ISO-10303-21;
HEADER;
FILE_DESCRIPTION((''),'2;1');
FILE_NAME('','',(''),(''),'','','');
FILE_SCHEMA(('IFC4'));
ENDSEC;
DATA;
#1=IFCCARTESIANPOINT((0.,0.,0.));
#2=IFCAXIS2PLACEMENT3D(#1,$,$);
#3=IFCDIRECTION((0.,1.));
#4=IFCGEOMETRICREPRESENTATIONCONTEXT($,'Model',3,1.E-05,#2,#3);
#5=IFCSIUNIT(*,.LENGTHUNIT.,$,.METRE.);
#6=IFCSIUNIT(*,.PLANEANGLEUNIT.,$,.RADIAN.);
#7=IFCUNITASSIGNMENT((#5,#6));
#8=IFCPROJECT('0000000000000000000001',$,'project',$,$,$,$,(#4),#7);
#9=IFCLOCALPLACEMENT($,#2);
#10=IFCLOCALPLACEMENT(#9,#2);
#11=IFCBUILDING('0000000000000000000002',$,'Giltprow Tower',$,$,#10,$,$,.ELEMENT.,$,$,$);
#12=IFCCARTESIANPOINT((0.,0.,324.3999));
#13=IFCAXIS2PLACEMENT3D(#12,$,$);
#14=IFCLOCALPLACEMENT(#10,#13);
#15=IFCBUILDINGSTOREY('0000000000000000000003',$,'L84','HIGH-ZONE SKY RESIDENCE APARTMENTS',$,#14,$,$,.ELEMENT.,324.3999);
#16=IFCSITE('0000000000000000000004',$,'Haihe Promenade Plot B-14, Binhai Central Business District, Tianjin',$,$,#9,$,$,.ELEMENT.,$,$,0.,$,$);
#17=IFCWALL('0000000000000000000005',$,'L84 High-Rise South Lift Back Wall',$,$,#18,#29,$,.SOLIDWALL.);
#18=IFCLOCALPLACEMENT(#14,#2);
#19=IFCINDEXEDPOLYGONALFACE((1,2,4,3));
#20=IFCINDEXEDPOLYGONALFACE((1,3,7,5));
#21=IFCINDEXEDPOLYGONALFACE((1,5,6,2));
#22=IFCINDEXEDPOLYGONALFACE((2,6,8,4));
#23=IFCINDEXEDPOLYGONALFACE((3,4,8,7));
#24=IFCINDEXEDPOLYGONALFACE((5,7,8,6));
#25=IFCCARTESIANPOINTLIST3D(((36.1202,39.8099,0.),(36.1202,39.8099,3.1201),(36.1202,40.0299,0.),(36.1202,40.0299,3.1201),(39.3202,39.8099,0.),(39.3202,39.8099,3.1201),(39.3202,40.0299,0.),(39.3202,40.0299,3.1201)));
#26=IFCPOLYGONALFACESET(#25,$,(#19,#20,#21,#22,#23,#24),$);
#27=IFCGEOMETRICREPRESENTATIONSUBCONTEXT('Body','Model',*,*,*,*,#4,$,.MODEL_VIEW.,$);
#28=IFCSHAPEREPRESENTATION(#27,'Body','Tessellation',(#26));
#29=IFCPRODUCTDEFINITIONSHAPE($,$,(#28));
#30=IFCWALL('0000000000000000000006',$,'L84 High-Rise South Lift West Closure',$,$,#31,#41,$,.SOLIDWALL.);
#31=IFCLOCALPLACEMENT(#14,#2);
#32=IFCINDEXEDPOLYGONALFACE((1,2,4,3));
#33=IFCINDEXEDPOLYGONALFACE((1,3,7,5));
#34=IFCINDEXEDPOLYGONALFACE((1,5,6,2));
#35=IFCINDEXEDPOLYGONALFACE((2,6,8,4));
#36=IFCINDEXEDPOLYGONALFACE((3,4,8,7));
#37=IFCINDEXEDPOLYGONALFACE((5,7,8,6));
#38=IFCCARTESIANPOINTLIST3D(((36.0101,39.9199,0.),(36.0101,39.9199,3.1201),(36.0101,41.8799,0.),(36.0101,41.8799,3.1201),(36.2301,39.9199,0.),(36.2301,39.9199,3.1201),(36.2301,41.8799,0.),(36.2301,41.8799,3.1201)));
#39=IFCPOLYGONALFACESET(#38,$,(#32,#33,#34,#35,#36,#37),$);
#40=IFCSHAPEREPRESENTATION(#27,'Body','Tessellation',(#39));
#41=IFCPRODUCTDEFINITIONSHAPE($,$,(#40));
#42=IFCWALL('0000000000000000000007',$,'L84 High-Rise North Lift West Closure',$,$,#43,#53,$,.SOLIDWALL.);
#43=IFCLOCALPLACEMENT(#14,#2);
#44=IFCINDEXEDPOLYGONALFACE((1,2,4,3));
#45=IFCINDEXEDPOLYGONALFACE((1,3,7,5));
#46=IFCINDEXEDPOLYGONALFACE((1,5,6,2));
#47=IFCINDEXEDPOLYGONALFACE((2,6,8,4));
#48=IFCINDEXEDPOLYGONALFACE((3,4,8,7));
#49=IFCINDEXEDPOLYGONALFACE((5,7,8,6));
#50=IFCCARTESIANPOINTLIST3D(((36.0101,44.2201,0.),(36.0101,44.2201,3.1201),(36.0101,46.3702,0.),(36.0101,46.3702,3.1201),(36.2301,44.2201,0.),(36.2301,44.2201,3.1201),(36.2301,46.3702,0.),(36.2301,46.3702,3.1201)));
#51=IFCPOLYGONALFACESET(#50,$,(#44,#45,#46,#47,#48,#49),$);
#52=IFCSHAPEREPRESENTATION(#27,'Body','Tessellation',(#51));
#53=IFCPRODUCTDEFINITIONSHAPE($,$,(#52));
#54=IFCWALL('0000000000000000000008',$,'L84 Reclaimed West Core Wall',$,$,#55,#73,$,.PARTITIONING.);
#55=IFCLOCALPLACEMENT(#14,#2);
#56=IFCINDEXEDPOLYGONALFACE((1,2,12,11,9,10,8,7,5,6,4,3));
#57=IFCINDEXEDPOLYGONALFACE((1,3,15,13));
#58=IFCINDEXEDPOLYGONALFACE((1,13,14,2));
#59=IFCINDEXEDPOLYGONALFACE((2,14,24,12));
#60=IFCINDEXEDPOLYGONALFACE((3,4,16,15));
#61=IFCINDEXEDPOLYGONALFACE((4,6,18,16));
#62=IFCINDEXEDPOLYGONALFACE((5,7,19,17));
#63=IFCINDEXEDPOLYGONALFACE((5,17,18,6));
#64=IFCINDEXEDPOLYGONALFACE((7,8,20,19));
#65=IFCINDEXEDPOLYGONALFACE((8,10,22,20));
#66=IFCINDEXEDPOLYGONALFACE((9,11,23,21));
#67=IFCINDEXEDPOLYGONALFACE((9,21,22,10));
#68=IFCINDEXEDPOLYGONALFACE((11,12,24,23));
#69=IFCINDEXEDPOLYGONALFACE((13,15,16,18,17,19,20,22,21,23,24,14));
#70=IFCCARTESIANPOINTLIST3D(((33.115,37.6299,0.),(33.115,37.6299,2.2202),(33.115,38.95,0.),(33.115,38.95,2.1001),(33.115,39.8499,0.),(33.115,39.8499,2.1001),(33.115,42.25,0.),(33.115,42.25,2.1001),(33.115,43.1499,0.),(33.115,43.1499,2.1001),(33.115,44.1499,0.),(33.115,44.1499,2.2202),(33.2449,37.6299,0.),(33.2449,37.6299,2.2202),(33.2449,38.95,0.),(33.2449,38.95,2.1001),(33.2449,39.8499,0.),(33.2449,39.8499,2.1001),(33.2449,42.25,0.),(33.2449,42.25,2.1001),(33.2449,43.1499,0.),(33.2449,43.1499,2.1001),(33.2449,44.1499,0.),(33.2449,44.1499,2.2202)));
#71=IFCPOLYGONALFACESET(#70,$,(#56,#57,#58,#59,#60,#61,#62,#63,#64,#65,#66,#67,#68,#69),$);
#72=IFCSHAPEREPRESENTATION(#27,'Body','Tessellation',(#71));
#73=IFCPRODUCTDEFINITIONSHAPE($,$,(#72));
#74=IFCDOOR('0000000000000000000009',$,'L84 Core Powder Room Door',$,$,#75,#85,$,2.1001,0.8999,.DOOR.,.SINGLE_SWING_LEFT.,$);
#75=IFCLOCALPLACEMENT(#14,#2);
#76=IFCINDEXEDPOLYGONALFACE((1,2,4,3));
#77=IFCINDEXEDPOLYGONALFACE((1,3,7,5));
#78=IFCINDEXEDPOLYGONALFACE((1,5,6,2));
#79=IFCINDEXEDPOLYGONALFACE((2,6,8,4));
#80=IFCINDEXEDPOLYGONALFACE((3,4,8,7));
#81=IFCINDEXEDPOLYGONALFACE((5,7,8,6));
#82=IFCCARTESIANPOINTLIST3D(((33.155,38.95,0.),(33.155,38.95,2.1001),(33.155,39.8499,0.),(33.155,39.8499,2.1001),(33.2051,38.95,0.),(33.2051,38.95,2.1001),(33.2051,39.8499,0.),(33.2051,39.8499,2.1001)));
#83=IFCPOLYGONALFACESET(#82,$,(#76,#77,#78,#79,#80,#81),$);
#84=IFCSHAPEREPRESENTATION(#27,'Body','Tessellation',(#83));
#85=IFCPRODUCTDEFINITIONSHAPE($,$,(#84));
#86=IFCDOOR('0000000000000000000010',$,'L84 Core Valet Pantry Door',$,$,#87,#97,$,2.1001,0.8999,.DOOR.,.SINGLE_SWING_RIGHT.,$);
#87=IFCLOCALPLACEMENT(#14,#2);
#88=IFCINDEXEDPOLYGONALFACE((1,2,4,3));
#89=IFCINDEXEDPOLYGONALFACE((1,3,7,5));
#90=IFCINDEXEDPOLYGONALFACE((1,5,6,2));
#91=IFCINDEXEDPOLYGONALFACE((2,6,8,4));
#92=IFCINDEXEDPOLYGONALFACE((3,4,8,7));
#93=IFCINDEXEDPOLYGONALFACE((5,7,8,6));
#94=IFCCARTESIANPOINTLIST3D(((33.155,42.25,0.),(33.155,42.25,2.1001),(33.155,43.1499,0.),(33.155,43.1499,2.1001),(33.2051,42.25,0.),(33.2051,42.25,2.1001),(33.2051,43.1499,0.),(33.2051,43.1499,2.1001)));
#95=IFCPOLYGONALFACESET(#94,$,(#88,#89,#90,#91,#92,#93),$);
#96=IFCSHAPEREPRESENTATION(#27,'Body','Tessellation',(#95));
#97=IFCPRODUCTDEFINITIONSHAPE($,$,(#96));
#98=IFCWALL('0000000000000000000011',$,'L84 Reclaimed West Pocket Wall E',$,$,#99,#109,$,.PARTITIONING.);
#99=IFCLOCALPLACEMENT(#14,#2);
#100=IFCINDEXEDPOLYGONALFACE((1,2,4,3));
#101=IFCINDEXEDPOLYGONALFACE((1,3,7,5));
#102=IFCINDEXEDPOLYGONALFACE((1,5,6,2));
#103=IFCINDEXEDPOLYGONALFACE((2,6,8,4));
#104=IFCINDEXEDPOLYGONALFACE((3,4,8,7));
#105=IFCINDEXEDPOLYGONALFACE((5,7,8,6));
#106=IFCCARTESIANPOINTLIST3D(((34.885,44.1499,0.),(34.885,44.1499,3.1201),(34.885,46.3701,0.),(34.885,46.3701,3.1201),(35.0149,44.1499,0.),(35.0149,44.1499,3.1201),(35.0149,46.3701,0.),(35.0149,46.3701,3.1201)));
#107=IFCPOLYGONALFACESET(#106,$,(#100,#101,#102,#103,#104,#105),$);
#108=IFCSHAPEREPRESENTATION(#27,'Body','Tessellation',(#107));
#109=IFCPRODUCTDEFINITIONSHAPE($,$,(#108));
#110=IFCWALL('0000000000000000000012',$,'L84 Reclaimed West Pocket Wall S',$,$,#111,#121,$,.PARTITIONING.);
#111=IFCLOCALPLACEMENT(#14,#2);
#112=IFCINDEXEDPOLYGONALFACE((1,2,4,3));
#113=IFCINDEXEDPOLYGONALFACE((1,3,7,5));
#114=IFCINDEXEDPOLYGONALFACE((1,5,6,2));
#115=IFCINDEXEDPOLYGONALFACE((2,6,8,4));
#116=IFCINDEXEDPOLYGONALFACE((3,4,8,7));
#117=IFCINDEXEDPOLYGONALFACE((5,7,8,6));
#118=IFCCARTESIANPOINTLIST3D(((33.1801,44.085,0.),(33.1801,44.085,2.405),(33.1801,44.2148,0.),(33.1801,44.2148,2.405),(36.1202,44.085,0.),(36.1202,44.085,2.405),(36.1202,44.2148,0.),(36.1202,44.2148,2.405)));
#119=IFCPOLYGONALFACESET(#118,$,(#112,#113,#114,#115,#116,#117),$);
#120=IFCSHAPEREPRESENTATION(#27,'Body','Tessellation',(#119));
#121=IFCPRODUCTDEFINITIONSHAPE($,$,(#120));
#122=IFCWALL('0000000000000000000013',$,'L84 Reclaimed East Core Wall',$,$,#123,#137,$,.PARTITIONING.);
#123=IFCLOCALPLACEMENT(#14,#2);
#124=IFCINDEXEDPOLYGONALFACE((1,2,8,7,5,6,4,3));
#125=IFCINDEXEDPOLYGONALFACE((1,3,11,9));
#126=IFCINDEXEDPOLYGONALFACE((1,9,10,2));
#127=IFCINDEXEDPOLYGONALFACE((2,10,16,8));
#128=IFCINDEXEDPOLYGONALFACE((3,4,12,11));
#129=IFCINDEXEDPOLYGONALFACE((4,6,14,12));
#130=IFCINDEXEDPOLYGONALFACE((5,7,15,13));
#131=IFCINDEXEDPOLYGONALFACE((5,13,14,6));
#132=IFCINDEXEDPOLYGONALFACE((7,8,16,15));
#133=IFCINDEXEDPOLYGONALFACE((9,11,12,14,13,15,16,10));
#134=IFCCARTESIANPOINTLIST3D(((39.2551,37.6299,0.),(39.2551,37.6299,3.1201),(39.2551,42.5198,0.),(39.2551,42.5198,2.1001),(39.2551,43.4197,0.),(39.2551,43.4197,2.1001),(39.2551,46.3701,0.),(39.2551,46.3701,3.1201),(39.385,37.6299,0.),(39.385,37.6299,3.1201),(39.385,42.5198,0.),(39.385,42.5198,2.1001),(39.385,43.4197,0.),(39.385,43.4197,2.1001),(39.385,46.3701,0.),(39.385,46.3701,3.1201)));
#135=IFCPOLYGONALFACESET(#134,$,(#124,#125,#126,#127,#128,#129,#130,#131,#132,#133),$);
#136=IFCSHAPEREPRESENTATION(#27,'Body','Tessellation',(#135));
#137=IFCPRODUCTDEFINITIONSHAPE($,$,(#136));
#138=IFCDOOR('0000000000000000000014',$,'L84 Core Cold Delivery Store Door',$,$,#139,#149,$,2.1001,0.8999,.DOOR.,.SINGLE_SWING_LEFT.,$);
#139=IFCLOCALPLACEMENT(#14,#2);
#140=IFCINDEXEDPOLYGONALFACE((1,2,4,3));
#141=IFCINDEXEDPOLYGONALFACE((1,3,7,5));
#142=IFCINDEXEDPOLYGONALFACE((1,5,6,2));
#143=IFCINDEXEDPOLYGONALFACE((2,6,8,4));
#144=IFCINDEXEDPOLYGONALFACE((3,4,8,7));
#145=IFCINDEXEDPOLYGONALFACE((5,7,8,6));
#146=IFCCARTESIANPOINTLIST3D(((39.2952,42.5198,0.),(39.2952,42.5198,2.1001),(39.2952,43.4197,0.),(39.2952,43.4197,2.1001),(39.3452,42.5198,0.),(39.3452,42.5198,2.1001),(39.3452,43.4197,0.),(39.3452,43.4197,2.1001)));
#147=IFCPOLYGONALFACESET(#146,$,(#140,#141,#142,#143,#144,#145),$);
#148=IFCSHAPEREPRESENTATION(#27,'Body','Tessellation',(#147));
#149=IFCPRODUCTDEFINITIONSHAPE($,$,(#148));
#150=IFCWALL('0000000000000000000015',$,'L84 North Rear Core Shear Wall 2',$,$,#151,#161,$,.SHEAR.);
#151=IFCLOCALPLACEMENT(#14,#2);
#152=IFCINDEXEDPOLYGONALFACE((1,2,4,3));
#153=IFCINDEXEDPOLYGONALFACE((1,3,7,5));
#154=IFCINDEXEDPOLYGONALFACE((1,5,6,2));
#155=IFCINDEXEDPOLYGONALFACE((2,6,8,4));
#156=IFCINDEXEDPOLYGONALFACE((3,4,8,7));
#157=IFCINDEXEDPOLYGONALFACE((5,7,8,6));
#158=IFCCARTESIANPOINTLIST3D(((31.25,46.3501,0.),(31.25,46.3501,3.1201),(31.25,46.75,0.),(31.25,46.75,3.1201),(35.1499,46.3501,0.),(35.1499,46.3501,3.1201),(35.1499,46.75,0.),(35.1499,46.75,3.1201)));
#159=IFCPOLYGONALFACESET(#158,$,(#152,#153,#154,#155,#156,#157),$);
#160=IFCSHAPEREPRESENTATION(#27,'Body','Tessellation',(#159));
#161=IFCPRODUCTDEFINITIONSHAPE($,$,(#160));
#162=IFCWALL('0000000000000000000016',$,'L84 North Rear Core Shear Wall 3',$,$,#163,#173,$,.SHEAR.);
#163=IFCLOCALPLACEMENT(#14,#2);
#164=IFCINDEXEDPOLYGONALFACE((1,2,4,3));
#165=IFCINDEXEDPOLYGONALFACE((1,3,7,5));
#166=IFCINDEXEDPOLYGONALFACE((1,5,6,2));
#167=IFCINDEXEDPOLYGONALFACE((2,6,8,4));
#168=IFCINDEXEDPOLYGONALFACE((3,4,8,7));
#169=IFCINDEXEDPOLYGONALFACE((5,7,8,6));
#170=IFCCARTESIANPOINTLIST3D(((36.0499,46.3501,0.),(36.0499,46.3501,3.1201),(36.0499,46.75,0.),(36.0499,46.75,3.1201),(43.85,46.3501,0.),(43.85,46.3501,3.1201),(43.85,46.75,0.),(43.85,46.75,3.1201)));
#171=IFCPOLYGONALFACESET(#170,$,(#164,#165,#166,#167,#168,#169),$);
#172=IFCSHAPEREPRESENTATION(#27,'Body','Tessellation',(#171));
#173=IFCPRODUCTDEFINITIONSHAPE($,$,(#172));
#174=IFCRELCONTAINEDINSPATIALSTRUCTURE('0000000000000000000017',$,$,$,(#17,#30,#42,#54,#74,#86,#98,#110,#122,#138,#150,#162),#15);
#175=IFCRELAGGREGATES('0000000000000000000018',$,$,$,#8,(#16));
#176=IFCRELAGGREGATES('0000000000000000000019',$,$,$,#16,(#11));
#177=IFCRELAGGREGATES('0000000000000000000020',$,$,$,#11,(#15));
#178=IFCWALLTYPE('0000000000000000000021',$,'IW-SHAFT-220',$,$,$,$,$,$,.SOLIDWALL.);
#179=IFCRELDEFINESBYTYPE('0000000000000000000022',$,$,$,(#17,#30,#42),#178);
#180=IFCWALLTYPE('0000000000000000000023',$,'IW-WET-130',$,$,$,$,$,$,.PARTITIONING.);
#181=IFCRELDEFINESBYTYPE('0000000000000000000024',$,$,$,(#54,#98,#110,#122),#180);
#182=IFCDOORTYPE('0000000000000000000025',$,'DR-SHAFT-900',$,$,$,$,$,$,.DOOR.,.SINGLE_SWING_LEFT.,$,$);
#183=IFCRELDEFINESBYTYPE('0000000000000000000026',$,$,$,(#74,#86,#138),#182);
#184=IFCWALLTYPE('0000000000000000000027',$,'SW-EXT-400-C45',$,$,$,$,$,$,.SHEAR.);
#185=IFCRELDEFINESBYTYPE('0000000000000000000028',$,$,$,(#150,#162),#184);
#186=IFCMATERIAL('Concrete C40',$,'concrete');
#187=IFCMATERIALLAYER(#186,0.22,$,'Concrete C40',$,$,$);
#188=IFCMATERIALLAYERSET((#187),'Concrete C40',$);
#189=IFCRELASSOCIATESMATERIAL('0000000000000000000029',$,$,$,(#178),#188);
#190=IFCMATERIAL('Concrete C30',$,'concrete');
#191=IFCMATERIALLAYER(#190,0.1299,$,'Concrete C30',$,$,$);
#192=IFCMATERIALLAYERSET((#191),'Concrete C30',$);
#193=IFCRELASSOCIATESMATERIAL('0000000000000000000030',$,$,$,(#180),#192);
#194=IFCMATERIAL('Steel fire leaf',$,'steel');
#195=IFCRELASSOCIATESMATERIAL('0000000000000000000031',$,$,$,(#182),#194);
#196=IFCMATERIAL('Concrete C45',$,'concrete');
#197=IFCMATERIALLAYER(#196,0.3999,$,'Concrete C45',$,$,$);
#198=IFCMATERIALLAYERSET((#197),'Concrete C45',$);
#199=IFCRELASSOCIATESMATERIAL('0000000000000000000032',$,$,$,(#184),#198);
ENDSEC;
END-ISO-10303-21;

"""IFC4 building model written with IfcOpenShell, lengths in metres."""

from ifc_helpers import new_model, si_unit, direction, frame, frame_2d, origin, place, context, subcontext, project, spatial, rectangle, extrude, source, transform, mapped, material, layer, layer_set, type_object, element, fill, save


model = new_model("IFC4")

# Units and contexts
model_context = context("Model", 3, precision=1e-05, world=origin(), true_north=direction((0.0, 1.0)))
body_context = subcontext(model_context, "Body", "Model", "MODEL_VIEW")
ifc_project = project(units=[si_unit("LENGTHUNIT", "METRE"), si_unit("PLANEANGLEUNIT", "RADIAN")], contexts=[model_context])

# Site, building, storey
site_placement = place(None, origin())
site = spatial("IfcSite", under=ifc_project, at=site_placement, Name="Haihe Promenade Plot B-14, Binhai Central Business District, Tianjin", CompositionType="ELEMENT", RefElevation=0.0)
building_placement = place(site_placement, origin())
building = spatial("IfcBuilding", under=site, at=building_placement, Name="Giltprow Tower", CompositionType="ELEMENT")
storey_placement = place(building_placement, frame((0.0, 0.0, 324.3999)))
storey = spatial("IfcBuildingStorey", under=building, at=storey_placement, Name="L84", Description="HIGH-ZONE SKY RESIDENCE APARTMENTS", CompositionType="ELEMENT", Elevation=324.3999)

# Shared definitions
ifc_material_1 = material(Name="Concrete C45", Category="concrete")

# Shared definitions
ifc_material_2 = material(Name="Concrete C40", Category="concrete")
ifc_layer_1 = layer(ifc_material_2, 0.22, Name="Concrete C40")
ifc_layer_set_1 = layer_set([ifc_layer_1], Name="Concrete C40")
wall_type_1 = type_object("IfcWallType", Name="IW-SHAFT-220", PredefinedType="SOLIDWALL", material=ifc_layer_set_1)

# Walls
wall_1_placement = place(storey_placement, frame((36.1201, 39.9199, 0.0), z_axis=(0.0, 0.0, 1.0), x_axis=(1.0, 0.0, 0.0)))
element("IfcWall", 1, at=wall_1_placement, inside=storey, type_object=wall_type_1, Name="L84 High-Rise South Lift Back Wall", PredefinedType="SOLIDWALL", context=body_context, shape_type="SweptSolid", body=[
    extrude(rectangle(XDim=3.2, YDim=0.22, at=frame_2d((1.6001, 0.0))), origin(), (0.0, 0.0, 1.0), 3.1201),
])
wall_2_placement = place(storey_placement, frame((36.1201, 39.9199, 0.0), z_axis=(0.0, 0.0, 1.0), x_axis=(0.0, 1.0, 0.0)))
element("IfcWall", 2, at=wall_2_placement, inside=storey, type_object=wall_type_1, Name="L84 High-Rise South Lift West Closure", PredefinedType="SOLIDWALL", context=body_context, shape_type="SweptSolid", body=[
    extrude(rectangle(XDim=1.96, YDim=0.22, at=frame_2d((0.98, 0.0))), origin(), (0.0, 0.0, 1.0), 3.1201),
])
wall_3_placement = place(storey_placement, frame((36.1201, 44.22, 0.0), z_axis=(0.0, 0.0, 1.0), x_axis=(0.0, 1.0, 0.0)))
element("IfcWall", 3, at=wall_3_placement, inside=storey, type_object=wall_type_1, Name="L84 High-Rise North Lift West Closure", PredefinedType="SOLIDWALL", context=body_context, shape_type="SweptSolid", body=[
    extrude(rectangle(XDim=2.1501, YDim=0.22, at=frame_2d((1.0752, 0.0))), origin(), (0.0, 0.0, 1.0), 3.1201),
])

# Wall, openings, doors
ifc_material_3 = material(Name="Concrete C30", Category="concrete")
ifc_layer_2 = layer(ifc_material_3, 0.1299, Name="Concrete C30")
ifc_layer_set_2 = layer_set([ifc_layer_2], Name="Concrete C30")
wall_type_2 = type_object("IfcWallType", Name="IW-WET-130", PredefinedType="PARTITIONING", material=ifc_layer_set_2)
wall_4_placement = place(storey_placement, frame((33.1799, 37.6299, 0.0), z_axis=(0.0, 0.0, 1.0), x_axis=(0.0, 1.0, 0.0)))
wall_4 = element("IfcWall", 4, at=wall_4_placement, inside=storey, type_object=wall_type_2, Name="L84 Reclaimed West Core Wall", PredefinedType="PARTITIONING", context=body_context, shape_type="SweptSolid", body=[
    extrude(rectangle(XDim=6.52, YDim=0.1299, at=frame_2d((3.26, 0.0))), origin(), (0.0, 0.0, 1.0), 2.2202),
])
opening_1_placement = place(wall_4_placement, frame((1.3201, 0.0, 0.0)))
opening_1 = element("IfcOpeningElement", 5, at=opening_1_placement, cuts=wall_4, PredefinedType="OPENING", context=body_context, shape_type="SweptSolid", body=[
    extrude(rectangle(XDim=0.8999, YDim=2.1001, at=frame_2d((0.45, 1.05))), frame((0.0, 0.075, 0.0), z_axis=(0.0, -1.0, 0.0), x_axis=(1.0, 0.0, 0.0)), (0.0, 0.0, 1.0), 0.1499),
])
opening_2_placement = place(wall_4_placement, frame((4.6201, 0.0, 0.0)))
opening_2 = element("IfcOpeningElement", 6, at=opening_2_placement, cuts=wall_4, PredefinedType="OPENING", context=body_context, shape_type="SweptSolid", body=[
    extrude(rectangle(XDim=0.8999, YDim=2.1001, at=frame_2d((0.45, 1.05))), frame((0.0, 0.075, 0.0), z_axis=(0.0, -1.0, 0.0), x_axis=(1.0, 0.0, 0.0)), (0.0, 0.0, 1.0), 0.1499),
])
ifc_material_4 = material(Name="Steel fire leaf", Category="steel")
door_type_1 = type_object("IfcDoorType", Name="DR-SHAFT-900", OperationType="SINGLE_SWING_LEFT", PredefinedType="DOOR", material=ifc_material_4)
shared_shape_1 = source(origin(), body_context, "Body", "SweptSolid", [
    extrude(rectangle(XDim=0.8999, YDim=2.1001, at=frame_2d((0.45, 1.05))), frame((0.0, 0.0249, 0.0), z_axis=(0.0, -1.0, 0.0), x_axis=(1.0, 0.0, 0.0)), (0.0, 0.0, 1.0), 0.05),
])
door_1_placement = place(opening_1_placement, origin())
door_1 = element("IfcDoor", 7, at=door_1_placement, inside=storey, type_object=door_type_1, Name="L84 Core Powder Room Door", OperationType="SINGLE_SWING_LEFT", OverallHeight=2.1001, OverallWidth=0.8999, PredefinedType="DOOR", context=body_context, shape_type="MappedRepresentation", body=[
    mapped(shared_shape_1, transform((0.0, 0.0, 0.0), x_axis=(1.0, 0.0, 0.0), y_axis=(0.0, 1.0, 0.0), z_axis=(0.0, 0.0, 1.0), scale=1.0)),
])
fill(opening_1, door_1)
door_2_placement = place(opening_2_placement, origin())
door_2 = element("IfcDoor", 8, at=door_2_placement, inside=storey, type_object=door_type_1, Name="L84 Core Valet Pantry Door", OperationType="SINGLE_SWING_RIGHT", OverallHeight=2.1001, OverallWidth=0.8999, PredefinedType="DOOR", context=body_context, shape_type="MappedRepresentation", body=[
    mapped(shared_shape_1, transform((0.0, 0.0, 0.0), x_axis=(1.0, 0.0, 0.0), y_axis=(0.0, 1.0, 0.0), z_axis=(0.0, 0.0, 1.0), scale=1.0)),
])
fill(opening_2, door_2)

# Walls
wall_5_placement = place(storey_placement, frame((34.95, 44.1499, 0.0), z_axis=(0.0, 0.0, 1.0), x_axis=(0.0, 1.0, 0.0)))
element("IfcWall", 9, at=wall_5_placement, inside=storey, type_object=wall_type_2, Name="L84 Reclaimed West Pocket Wall E", PredefinedType="PARTITIONING", context=body_context, shape_type="SweptSolid", body=[
    extrude(rectangle(XDim=2.2202, YDim=0.1299, at=frame_2d((1.1101, 0.0))), origin(), (0.0, 0.0, 1.0), 3.1201),
])
wall_6_placement = place(storey_placement, frame((33.1799, 44.1499, 0.0), z_axis=(0.0, 0.0, 1.0), x_axis=(1.0, 0.0, 0.0)))
element("IfcWall", 10, at=wall_6_placement, inside=storey, type_object=wall_type_2, Name="L84 Reclaimed West Pocket Wall S", PredefinedType="PARTITIONING", context=body_context, shape_type="SweptSolid", body=[
    extrude(rectangle(XDim=2.9402, YDim=0.1299, at=frame_2d((1.4702, 0.0))), origin(), (0.0, 0.0, 1.0), 2.405),
])

# Wall, opening, door
wall_7_placement = place(storey_placement, frame((39.3201, 37.6299, 0.0), z_axis=(0.0, 0.0, 1.0), x_axis=(0.0, 1.0, 0.0)))
wall_7 = element("IfcWall", 11, at=wall_7_placement, inside=storey, type_object=wall_type_2, Name="L84 Reclaimed East Core Wall", PredefinedType="PARTITIONING", context=body_context, shape_type="SweptSolid", body=[
    extrude(rectangle(XDim=8.7402, YDim=0.1299, at=frame_2d((4.3701, 0.0))), origin(), (0.0, 0.0, 1.0), 3.1201),
])
opening_3_placement = place(wall_7_placement, frame((4.8899, 0.0, 0.0)))
opening_3 = element("IfcOpeningElement", 12, at=opening_3_placement, cuts=wall_7, PredefinedType="OPENING", context=body_context, shape_type="SweptSolid", body=[
    extrude(rectangle(XDim=0.8999, YDim=2.1001, at=frame_2d((0.45, 1.05))), frame((0.0, 0.075, 0.0), z_axis=(0.0, -1.0, 0.0), x_axis=(1.0, 0.0, 0.0)), (0.0, 0.0, 1.0), 0.1499),
])
door_3_placement = place(opening_3_placement, origin())
door_3 = element("IfcDoor", 13, at=door_3_placement, inside=storey, type_object=door_type_1, Name="L84 Core Cold Delivery Store Door", OperationType="SINGLE_SWING_LEFT", OverallHeight=2.1001, OverallWidth=0.8999, PredefinedType="DOOR", context=body_context, shape_type="MappedRepresentation", body=[
    mapped(shared_shape_1, transform((0.0, 0.0, 0.0), x_axis=(1.0, 0.0, 0.0), y_axis=(0.0, 1.0, 0.0), z_axis=(0.0, 0.0, 1.0), scale=1.0)),
])
fill(opening_3, door_3)

# Walls
ifc_layer_3 = layer(ifc_material_1, 0.3999, Name="Concrete C45")
ifc_layer_set_3 = layer_set([ifc_layer_3], Name="Concrete C45")
wall_type_3 = type_object("IfcWallType", Name="SW-EXT-400-C45", PredefinedType="SHEAR", material=ifc_layer_set_3)
wall_8_placement = place(storey_placement, frame((31.25, 46.55, 0.0), z_axis=(0.0, 0.0, 1.0), x_axis=(1.0, 0.0, 0.0)))
element("IfcWall", 14, at=wall_8_placement, inside=storey, type_object=wall_type_3, Name="L84 North Rear Core Shear Wall 2", PredefinedType="SHEAR", context=body_context, shape_type="SweptSolid", body=[
    extrude(rectangle(XDim=3.8999, YDim=0.3999, at=frame_2d((1.95, 0.0))), origin(), (0.0, 0.0, 1.0), 3.1201),
])
wall_9_placement = place(storey_placement, frame((36.05, 46.55, 0.0), z_axis=(0.0, 0.0, 1.0), x_axis=(1.0, 0.0, 0.0)))
element("IfcWall", 15, at=wall_9_placement, inside=storey, type_object=wall_type_3, Name="L84 North Rear Core Shear Wall 3", PredefinedType="SHEAR", context=body_context, shape_type="SweptSolid", body=[
    extrude(rectangle(XDim=7.8, YDim=0.3999, at=frame_2d((3.8999, 0.0))), origin(), (0.0, 0.0, 1.0), 3.1201),
])

save(model, "model.ifc")
